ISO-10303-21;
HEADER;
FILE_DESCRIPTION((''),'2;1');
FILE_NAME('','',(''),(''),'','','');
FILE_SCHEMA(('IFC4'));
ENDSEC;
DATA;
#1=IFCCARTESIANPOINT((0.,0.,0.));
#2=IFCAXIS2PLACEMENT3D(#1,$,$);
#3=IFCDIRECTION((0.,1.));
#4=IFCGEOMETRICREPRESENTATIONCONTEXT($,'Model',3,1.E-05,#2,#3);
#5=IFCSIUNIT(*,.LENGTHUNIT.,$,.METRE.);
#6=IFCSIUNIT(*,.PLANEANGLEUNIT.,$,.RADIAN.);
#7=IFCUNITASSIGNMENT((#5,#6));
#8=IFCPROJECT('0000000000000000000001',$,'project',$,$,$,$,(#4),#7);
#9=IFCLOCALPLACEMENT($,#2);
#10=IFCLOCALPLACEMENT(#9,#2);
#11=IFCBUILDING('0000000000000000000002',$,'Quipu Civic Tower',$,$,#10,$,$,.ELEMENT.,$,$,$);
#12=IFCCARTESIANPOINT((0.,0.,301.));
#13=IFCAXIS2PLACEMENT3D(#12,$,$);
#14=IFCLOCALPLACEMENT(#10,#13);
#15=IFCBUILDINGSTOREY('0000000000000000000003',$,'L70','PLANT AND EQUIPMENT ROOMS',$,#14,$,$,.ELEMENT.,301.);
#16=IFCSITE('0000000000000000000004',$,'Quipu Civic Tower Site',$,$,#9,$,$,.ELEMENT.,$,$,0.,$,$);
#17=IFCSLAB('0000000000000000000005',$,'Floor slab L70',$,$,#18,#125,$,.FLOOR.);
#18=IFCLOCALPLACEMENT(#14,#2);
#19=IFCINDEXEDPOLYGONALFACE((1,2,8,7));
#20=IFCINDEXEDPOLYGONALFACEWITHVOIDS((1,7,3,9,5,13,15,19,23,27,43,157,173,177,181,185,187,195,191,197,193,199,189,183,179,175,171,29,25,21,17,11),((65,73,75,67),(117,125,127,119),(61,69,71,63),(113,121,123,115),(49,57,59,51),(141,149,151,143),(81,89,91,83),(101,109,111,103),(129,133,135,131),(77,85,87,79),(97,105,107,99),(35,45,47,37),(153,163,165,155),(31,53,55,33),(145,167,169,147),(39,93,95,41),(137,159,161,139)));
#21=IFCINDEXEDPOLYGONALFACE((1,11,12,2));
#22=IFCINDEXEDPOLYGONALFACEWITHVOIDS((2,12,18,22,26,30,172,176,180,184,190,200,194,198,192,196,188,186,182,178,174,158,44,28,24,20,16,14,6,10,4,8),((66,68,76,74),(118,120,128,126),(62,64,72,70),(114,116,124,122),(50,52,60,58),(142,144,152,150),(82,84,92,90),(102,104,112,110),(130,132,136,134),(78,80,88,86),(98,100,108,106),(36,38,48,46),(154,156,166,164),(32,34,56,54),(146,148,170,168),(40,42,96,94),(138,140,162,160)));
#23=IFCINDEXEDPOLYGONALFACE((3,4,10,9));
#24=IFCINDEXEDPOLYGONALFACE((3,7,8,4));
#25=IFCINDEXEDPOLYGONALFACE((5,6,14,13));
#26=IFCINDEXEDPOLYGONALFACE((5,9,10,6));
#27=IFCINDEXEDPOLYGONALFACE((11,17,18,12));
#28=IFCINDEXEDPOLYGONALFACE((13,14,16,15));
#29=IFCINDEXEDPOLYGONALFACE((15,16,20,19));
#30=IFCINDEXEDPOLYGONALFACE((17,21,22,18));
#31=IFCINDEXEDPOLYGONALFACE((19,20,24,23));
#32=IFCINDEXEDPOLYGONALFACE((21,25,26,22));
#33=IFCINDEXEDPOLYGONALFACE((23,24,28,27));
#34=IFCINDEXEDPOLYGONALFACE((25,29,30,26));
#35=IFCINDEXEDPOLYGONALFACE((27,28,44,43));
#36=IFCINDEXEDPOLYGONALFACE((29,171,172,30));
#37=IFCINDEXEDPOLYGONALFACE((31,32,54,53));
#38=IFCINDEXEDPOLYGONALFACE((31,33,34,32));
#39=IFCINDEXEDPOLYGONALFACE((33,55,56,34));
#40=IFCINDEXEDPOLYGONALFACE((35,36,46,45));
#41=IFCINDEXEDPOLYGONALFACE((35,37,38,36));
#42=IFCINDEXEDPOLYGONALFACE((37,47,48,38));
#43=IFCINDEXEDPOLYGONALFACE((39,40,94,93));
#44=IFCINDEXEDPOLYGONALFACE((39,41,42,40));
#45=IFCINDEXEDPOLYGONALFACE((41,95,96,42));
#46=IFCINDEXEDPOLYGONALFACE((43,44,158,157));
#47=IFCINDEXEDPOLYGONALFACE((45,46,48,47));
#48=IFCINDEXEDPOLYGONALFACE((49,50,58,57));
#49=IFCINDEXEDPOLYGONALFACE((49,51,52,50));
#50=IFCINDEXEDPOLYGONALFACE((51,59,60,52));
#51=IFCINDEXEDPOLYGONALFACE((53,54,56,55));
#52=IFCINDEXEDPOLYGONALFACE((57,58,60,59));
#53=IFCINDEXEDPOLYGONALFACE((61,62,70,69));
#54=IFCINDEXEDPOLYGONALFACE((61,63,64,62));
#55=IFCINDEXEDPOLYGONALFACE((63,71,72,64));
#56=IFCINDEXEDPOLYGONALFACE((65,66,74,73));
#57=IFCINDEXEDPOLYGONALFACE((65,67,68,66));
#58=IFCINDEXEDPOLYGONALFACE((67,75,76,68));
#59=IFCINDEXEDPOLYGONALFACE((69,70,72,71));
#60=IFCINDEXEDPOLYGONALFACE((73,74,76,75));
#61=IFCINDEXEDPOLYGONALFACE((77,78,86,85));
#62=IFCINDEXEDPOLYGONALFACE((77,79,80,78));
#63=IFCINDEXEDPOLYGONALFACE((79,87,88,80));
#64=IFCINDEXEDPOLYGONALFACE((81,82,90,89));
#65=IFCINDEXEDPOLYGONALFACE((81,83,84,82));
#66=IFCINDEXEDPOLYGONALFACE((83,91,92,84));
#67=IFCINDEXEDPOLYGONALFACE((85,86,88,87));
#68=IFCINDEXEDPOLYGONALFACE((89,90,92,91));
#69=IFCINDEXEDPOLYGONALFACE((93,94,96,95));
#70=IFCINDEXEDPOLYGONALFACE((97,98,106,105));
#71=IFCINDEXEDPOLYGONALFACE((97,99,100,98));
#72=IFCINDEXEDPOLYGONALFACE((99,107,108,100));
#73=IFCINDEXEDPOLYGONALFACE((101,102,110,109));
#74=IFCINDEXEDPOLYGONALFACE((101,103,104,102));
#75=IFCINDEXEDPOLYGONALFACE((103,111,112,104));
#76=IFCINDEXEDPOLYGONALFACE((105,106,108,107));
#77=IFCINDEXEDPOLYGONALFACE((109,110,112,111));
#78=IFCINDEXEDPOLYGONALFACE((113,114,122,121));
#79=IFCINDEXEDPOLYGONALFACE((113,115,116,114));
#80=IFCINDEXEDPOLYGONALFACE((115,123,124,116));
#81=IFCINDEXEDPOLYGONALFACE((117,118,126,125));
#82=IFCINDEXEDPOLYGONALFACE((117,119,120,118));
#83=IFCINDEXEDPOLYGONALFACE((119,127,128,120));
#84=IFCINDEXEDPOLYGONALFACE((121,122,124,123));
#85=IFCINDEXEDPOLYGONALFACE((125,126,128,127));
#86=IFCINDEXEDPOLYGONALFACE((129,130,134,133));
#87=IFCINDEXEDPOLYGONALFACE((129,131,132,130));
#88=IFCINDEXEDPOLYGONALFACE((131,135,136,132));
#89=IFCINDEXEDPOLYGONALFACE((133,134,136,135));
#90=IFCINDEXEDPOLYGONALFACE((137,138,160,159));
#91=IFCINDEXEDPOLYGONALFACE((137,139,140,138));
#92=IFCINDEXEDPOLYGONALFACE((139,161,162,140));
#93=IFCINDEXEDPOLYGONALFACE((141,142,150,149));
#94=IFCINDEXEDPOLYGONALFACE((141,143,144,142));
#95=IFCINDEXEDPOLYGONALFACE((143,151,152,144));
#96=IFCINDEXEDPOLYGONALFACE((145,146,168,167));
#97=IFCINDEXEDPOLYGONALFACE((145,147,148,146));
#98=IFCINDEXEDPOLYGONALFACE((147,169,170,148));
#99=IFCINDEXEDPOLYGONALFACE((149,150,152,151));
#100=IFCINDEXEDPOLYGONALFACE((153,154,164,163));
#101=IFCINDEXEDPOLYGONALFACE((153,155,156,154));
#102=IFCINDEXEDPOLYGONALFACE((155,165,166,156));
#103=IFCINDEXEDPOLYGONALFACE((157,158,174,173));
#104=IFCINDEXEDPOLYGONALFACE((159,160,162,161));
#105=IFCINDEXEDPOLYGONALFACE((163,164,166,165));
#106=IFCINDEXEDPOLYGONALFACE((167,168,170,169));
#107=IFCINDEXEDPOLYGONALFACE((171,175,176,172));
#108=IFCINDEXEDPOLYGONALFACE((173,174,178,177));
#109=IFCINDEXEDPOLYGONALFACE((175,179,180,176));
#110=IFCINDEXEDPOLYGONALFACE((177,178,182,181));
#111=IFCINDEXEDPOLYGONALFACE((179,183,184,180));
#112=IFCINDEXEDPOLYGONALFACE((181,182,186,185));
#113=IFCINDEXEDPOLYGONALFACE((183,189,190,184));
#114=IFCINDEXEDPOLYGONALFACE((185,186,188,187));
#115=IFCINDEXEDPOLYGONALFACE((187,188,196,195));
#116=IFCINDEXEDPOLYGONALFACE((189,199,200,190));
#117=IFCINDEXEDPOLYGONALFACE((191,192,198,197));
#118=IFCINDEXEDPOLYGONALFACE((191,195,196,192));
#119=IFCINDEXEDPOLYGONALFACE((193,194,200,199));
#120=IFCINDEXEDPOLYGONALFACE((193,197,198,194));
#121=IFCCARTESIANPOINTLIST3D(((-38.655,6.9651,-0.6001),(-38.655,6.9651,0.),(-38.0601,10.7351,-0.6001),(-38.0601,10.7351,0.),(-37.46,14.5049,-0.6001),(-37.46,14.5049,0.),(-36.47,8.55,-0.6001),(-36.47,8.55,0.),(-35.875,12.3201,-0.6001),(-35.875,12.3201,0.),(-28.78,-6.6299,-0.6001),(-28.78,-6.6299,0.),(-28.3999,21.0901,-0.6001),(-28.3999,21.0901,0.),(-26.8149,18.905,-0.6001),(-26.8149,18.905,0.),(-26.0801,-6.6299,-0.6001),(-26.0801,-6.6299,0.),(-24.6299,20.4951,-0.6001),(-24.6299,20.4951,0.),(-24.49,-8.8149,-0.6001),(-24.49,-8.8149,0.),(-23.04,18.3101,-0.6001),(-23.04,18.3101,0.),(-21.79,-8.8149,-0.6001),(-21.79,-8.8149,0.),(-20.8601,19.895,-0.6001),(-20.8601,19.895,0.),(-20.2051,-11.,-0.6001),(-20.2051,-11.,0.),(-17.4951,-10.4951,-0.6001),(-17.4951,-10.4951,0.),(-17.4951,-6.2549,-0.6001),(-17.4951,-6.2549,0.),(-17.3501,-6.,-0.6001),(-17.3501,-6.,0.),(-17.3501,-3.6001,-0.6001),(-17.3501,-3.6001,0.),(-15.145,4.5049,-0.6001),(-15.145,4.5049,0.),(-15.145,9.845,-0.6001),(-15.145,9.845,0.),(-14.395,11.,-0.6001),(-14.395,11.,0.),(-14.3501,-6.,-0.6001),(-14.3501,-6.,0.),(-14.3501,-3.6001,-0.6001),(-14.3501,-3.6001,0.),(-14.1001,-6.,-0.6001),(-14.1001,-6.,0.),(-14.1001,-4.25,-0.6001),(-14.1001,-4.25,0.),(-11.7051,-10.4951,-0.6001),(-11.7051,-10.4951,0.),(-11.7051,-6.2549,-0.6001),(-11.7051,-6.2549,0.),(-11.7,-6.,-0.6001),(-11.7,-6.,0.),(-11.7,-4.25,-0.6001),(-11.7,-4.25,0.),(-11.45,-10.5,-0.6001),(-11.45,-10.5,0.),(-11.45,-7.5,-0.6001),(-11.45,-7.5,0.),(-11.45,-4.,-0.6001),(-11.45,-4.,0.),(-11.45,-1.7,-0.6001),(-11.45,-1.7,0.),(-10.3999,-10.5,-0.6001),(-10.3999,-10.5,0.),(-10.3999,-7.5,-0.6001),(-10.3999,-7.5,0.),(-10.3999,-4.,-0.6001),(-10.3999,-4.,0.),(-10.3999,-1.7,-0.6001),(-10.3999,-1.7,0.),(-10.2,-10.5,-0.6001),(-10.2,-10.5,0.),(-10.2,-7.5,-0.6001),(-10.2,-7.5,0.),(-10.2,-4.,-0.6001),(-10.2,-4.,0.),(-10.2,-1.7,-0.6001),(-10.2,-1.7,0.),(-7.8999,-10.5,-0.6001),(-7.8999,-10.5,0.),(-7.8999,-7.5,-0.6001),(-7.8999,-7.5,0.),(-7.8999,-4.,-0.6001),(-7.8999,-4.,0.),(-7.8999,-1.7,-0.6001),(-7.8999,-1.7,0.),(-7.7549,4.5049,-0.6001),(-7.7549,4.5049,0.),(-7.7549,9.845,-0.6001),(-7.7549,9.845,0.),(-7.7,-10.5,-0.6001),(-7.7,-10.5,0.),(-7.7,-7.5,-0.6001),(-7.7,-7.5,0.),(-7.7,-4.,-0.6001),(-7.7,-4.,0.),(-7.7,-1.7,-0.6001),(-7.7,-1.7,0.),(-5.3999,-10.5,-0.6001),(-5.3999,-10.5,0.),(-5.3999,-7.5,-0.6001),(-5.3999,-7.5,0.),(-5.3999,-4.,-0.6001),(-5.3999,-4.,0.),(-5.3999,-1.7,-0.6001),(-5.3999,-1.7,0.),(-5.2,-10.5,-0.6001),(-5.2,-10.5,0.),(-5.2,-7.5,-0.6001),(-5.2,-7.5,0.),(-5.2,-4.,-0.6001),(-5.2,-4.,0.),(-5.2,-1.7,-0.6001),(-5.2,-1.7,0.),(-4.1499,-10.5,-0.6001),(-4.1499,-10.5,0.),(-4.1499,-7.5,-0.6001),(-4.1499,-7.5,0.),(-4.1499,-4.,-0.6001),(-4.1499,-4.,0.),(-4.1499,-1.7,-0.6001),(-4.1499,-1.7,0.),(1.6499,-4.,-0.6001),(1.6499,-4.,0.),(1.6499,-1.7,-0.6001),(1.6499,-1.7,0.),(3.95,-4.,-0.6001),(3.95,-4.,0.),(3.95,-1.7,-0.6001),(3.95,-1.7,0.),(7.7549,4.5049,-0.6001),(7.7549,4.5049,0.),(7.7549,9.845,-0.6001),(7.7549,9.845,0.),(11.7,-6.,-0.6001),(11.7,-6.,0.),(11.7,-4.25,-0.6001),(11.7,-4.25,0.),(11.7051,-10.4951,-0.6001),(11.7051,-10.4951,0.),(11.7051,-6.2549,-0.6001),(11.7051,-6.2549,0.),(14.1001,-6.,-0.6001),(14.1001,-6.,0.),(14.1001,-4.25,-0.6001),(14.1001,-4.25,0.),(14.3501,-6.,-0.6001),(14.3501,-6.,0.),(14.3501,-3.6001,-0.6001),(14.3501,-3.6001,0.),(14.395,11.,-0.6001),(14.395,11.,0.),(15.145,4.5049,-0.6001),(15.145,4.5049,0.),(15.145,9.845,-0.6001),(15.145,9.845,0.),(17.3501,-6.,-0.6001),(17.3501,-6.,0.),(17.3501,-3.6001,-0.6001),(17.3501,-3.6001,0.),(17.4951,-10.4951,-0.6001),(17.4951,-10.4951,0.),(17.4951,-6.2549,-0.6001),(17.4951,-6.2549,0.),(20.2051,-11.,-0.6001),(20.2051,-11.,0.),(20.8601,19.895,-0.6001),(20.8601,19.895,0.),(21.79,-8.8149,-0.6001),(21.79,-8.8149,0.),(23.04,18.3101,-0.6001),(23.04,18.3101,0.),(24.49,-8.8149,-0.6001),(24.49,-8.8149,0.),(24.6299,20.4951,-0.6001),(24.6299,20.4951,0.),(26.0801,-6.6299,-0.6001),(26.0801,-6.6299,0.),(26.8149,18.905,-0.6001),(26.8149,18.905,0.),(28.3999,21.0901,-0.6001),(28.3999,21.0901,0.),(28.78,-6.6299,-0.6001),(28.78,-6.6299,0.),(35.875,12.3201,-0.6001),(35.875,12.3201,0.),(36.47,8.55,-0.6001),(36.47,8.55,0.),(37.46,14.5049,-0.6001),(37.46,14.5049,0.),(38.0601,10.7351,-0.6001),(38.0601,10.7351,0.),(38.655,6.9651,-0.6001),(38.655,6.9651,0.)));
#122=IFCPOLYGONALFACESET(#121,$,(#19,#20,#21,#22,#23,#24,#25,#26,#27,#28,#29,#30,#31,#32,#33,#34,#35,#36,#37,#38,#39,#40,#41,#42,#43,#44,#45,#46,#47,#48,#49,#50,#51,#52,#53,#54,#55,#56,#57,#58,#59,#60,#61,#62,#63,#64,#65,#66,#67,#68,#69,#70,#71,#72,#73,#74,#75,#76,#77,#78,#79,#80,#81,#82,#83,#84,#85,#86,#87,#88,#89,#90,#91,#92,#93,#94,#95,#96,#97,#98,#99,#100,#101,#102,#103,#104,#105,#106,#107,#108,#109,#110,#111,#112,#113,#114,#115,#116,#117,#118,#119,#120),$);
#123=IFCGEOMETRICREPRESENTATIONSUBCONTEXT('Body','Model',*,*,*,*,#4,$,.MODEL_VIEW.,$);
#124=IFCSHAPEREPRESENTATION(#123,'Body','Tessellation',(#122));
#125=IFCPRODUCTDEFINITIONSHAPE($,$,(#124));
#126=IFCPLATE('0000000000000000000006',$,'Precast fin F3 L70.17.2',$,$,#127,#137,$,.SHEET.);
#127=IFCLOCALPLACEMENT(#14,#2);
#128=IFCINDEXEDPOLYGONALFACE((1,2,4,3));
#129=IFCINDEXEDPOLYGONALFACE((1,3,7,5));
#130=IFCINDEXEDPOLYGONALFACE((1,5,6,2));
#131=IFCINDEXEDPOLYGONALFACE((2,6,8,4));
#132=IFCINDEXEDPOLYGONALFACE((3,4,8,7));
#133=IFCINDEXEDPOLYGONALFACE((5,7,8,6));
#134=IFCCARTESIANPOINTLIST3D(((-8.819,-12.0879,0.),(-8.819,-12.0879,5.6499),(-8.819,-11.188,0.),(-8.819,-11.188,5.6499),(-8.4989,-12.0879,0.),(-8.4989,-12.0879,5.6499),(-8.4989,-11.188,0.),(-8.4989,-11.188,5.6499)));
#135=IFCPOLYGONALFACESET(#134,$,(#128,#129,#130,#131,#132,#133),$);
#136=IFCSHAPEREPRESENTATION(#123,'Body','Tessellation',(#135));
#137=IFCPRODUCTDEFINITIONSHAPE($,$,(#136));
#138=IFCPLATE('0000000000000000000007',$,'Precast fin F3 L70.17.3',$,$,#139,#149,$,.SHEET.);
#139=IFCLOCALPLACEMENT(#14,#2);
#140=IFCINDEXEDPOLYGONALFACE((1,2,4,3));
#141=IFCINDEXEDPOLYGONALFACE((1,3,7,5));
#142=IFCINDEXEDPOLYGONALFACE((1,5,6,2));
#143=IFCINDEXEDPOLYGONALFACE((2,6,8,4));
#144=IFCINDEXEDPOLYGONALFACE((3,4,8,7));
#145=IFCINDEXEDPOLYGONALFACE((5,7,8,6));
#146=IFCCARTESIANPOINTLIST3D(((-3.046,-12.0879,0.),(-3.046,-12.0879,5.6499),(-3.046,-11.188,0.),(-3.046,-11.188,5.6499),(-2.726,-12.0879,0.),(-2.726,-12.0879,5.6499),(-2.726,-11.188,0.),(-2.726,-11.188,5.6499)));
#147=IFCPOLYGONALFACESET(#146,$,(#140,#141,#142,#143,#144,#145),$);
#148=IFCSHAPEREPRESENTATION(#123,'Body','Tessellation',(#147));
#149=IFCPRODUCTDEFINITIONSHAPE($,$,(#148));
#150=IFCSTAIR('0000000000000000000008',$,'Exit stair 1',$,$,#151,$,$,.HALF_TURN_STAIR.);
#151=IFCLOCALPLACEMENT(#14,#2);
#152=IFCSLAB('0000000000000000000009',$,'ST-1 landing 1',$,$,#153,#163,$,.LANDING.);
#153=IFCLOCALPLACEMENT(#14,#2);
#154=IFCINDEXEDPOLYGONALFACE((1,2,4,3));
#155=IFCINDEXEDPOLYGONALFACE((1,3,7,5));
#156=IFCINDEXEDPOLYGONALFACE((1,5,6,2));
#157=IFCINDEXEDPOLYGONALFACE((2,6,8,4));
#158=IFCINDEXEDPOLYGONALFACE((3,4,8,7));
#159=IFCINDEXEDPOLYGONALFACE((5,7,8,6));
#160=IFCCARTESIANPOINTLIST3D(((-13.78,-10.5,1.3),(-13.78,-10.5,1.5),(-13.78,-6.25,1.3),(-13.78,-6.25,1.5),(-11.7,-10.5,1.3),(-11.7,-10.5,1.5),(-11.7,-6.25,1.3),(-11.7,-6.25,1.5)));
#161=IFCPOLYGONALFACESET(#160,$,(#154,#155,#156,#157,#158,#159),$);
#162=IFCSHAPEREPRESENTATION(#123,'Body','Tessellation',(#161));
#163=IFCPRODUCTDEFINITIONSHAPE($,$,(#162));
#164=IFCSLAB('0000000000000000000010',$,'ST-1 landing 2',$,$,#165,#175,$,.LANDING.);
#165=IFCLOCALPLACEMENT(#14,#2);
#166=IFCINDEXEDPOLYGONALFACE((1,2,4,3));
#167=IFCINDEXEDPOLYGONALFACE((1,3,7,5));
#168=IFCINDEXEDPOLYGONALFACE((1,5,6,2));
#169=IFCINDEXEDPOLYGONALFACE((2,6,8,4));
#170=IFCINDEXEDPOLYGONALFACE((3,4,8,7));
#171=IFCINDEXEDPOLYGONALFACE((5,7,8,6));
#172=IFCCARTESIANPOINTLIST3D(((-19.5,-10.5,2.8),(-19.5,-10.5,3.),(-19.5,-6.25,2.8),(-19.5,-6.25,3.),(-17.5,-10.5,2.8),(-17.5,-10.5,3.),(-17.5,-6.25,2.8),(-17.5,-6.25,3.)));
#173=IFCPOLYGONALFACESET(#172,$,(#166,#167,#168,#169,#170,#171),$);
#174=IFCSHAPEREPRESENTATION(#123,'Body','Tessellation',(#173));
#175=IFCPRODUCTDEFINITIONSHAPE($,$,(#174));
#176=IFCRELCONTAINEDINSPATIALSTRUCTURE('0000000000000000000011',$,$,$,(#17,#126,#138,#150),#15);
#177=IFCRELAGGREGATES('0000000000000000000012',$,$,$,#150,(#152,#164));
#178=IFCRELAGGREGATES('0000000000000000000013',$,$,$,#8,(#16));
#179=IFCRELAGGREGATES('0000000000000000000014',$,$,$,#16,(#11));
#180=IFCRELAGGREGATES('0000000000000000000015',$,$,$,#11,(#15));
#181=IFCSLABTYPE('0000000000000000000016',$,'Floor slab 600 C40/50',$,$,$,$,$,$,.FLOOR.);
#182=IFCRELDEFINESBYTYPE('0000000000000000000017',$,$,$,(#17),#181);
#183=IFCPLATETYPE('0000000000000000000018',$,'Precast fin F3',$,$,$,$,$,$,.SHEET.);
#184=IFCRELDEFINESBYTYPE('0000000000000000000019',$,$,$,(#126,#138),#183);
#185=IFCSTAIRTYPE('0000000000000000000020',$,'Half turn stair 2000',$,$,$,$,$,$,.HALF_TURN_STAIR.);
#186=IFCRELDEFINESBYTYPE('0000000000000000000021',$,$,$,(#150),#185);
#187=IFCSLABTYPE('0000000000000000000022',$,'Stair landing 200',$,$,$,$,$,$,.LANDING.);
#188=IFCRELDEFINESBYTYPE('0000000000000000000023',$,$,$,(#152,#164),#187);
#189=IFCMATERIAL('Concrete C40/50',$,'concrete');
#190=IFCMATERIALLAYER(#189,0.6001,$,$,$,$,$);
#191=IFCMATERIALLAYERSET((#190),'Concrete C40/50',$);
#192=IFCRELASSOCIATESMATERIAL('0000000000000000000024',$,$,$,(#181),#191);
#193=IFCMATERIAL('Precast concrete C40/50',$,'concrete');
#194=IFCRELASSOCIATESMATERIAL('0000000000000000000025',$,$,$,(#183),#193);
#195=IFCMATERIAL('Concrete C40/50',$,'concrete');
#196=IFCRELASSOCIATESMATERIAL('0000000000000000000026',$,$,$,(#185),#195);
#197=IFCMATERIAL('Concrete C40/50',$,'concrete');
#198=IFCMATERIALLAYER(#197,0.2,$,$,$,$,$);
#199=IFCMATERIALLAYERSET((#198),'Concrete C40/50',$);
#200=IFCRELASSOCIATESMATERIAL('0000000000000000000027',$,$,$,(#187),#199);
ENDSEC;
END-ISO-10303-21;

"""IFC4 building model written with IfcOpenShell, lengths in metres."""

from ifc_helpers import new_model, si_unit, direction, frame, origin, origin_2d, place, context, subcontext, project, spatial, polyline, rectangle, outline, extrude, material, layer, layer_set, type_object, element, aggregate, save


model = new_model("IFC4")

# Units and contexts
model_context = context("Model", 3, precision=1e-05, world=origin(), true_north=direction((0.0, 1.0)))
body_context = subcontext(model_context, "Body", "Model", "MODEL_VIEW")
ifc_project = project(units=[si_unit("LENGTHUNIT", "METRE"), si_unit("PLANEANGLEUNIT", "RADIAN")], contexts=[model_context])

# Site, building, storey
site_placement = place(None, origin())
site = spatial("IfcSite", under=ifc_project, at=site_placement, Name="Quipu Civic Tower Site", CompositionType="ELEMENT", RefElevation=0.0)
building_placement = place(site_placement, origin())
building = spatial("IfcBuilding", under=site, at=building_placement, Name="Quipu Civic Tower", CompositionType="ELEMENT")
storey_placement = place(building_placement, frame((0.0, 0.0, 301.0)))
storey = spatial("IfcBuildingStorey", under=building, at=storey_placement, Name="L70", Description="PLANT AND EQUIPMENT ROOMS", CompositionType="ELEMENT", Elevation=301.0)

# Slab
ifc_material_1 = material(Name="Concrete C40/50", Category="concrete")
ifc_layer_1 = layer(ifc_material_1, 0.6001)
ifc_layer_set_1 = layer_set([ifc_layer_1], Name="Concrete C40/50")
slab_type_1 = type_object("IfcSlabType", Name="Floor slab 600 C40/50", PredefinedType="FLOOR", material=ifc_layer_set_1)
slab_1_placement = place(storey_placement, frame((0.0, 0.0, -0.6001)))
element("IfcSlab", 1, at=slab_1_placement, inside=storey, type_object=slab_type_1, Name="Floor slab L70", PredefinedType="FLOOR", context=body_context, shape_type="SweptSolid", body=[
    extrude(outline(polyline([(20.8601, 19.895), (23.04, 18.3101), (24.6299, 20.4951), (26.8149, 18.905), (28.3999, 21.0901), (37.46, 14.5049), (35.875, 12.3201), (38.0601, 10.7351), (36.47, 8.55), (38.655, 6.9651), (28.78, -6.6299), (26.0801, -6.6299), (24.49, -8.8149), (21.79, -8.8149), (20.2051, -11.0), (-20.2051, -11.0), (-21.79, -8.8149), (-24.49, -8.8149), (-26.0801, -6.6299), (-28.78, -6.6299), (-38.655, 6.9651), (-36.47, 8.55), (-38.0601, 10.7351), (-35.875, 12.3201), (-37.46, 14.5049), (-28.3999, 21.0901), (-26.8149, 18.905), (-24.6299, 20.4951), (-23.04, 18.3101), (-20.8601, 19.895), (-14.395, 11.0), (14.395, 11.0), (20.8601, 19.895)]), holes=[polyline([(-11.45, -7.5), (-11.45, -10.5), (-10.3999, -10.5), (-10.3999, -7.5), (-11.45, -7.5)]), polyline([(-10.2, -7.5), (-10.2, -10.5), (-7.8999, -10.5), (-7.8999, -7.5), (-10.2, -7.5)]), polyline([(-7.7, -7.5), (-7.7, -10.5), (-5.3999, -10.5), (-5.3999, -7.5), (-7.7, -7.5)]), polyline([(-11.7051, -6.2549), (-17.4951, -6.2549), (-17.4951, -10.4951), (-11.7051, -10.4951), (-11.7051, -6.2549)]), polyline([(-14.1001, -4.25), (-14.1001, -6.0), (-11.7, -6.0), (-11.7, -4.25), (-14.1001, -4.25)]), polyline([(-17.3501, -3.6001), (-17.3501, -6.0), (-14.3501, -6.0), (-14.3501, -3.6001), (-17.3501, -3.6001)]), polyline([(-11.45, -1.7), (-11.45, -4.0), (-10.3999, -4.0), (-10.3999, -1.7), (-11.45, -1.7)]), polyline([(-10.2, -1.7), (-10.2, -4.0), (-7.8999, -4.0), (-7.8999, -1.7), (-10.2, -1.7)]), polyline([(-7.7549, 9.845), (-15.145, 9.845), (-15.145, 4.5049), (-7.7549, 4.5049), (-7.7549, 9.845)]), polyline([(-5.2, -7.5), (-5.2, -10.5), (-4.1499, -10.5), (-4.1499, -7.5), (-5.2, -7.5)]), polyline([(11.7051, -10.4951), (17.4951, -10.4951), (17.4951, -6.2549), (11.7051, -6.2549), (11.7051, -10.4951)]), polyline([(11.7, -4.25), (11.7, -6.0), (14.1001, -6.0), (14.1001, -4.25), (11.7, -4.25)]), polyline([(14.3501, -3.6001), (14.3501, -6.0), (17.3501, -6.0), (17.3501, -3.6001), (14.3501, -3.6001)]), polyline([(-7.7, -1.7), (-7.7, -4.0), (-5.3999, -4.0), (-5.3999, -1.7), (-7.7, -1.7)]), polyline([(-5.2, -1.7), (-5.2, -4.0), (-4.1499, -4.0), (-4.1499, -1.7), (-5.2, -1.7)]), polyline([(3.95, -1.7), (1.6499, -1.7), (1.6499, -4.0), (3.95, -4.0), (3.95, -1.7)]), polyline([(7.7549, 9.845), (7.7549, 4.5049), (15.145, 4.5049), (15.145, 9.845), (7.7549, 9.845)])]), origin(), (0.0, 0.0, 1.0), 0.6001),
])

# Plates
ifc_material_2 = material(Name="Precast concrete C40/50", Category="concrete")
plate_type = type_object("IfcPlateType", Name="Precast fin F3", PredefinedType="SHEET", material=ifc_material_2)
for number, where, z_axis, x_axis, name in (
    (2, (-8.6589, -11.6379, 0.0), (0.0, 0.0, 1.0), (1.0, 0.0, 0.0), "Precast fin F3 L70.17.2"),
    (3, (-2.886, -11.6379, 0.0), (0.0, 0.0, 1.0), (1.0, 0.0, 0.0), "Precast fin F3 L70.17.3"),
):
    element("IfcPlate", number, at=place(storey_placement, frame(where, z_axis=z_axis, x_axis=x_axis)), inside=storey, type_object=plate_type, Name=name, PredefinedType="SHEET", context=body_context, shape_type="SweptSolid", body=[
        extrude(rectangle(XDim=0.3201, YDim=0.8999, at=origin_2d()), origin(), (0.0, 0.0, 1.0), 5.6499),
    ])

# Stair, slabs
ifc_material_3 = material(Name="Concrete C40/50", Category="concrete")
stair_type = type_object("IfcStairType", Name="Half turn stair 2000", PredefinedType="HALF_TURN_STAIR", material=ifc_material_3)
stair_1_placement = place(storey_placement, origin())
stair_1 = element("IfcStair", 4, at=stair_1_placement, inside=storey, type_object=stair_type, Name="Exit stair 1", PredefinedType="HALF_TURN_STAIR")
ifc_material_4 = material(Name="Concrete C40/50", Category="concrete")
ifc_layer_2 = layer(ifc_material_4, 0.2)
ifc_layer_set_2 = layer_set([ifc_layer_2], Name="Concrete C40/50")
slab_type_2 = type_object("IfcSlabType", Name="Stair landing 200", PredefinedType="LANDING", material=ifc_layer_set_2)
slab_2_placement = place(storey_placement, frame((0.0, 0.0, 1.3)))
slab_2 = element("IfcSlab", 5, at=slab_2_placement, type_object=slab_type_2, Name="ST-1 landing 1", PredefinedType="LANDING", context=body_context, shape_type="SweptSolid", body=[
    extrude(outline(polyline([(-13.78, -10.5), (-11.7, -10.5), (-11.7, -6.25), (-13.78, -6.25), (-13.78, -10.5)])), origin(), (0.0, 0.0, 1.0), 0.2),
])
slab_3_placement = place(storey_placement, frame((0.0, 0.0, 2.8)))
slab_3 = element("IfcSlab", 6, at=slab_3_placement, type_object=slab_type_2, Name="ST-1 landing 2", PredefinedType="LANDING", context=body_context, shape_type="SweptSolid", body=[
    extrude(outline(polyline([(-19.5, -10.5), (-17.5, -10.5), (-17.5, -6.25), (-19.5, -6.25), (-19.5, -10.5)])), origin(), (0.0, 0.0, 1.0), 0.2),
])
aggregate(stair_1, [slab_2, slab_3])

save(model, "model.ifc")
